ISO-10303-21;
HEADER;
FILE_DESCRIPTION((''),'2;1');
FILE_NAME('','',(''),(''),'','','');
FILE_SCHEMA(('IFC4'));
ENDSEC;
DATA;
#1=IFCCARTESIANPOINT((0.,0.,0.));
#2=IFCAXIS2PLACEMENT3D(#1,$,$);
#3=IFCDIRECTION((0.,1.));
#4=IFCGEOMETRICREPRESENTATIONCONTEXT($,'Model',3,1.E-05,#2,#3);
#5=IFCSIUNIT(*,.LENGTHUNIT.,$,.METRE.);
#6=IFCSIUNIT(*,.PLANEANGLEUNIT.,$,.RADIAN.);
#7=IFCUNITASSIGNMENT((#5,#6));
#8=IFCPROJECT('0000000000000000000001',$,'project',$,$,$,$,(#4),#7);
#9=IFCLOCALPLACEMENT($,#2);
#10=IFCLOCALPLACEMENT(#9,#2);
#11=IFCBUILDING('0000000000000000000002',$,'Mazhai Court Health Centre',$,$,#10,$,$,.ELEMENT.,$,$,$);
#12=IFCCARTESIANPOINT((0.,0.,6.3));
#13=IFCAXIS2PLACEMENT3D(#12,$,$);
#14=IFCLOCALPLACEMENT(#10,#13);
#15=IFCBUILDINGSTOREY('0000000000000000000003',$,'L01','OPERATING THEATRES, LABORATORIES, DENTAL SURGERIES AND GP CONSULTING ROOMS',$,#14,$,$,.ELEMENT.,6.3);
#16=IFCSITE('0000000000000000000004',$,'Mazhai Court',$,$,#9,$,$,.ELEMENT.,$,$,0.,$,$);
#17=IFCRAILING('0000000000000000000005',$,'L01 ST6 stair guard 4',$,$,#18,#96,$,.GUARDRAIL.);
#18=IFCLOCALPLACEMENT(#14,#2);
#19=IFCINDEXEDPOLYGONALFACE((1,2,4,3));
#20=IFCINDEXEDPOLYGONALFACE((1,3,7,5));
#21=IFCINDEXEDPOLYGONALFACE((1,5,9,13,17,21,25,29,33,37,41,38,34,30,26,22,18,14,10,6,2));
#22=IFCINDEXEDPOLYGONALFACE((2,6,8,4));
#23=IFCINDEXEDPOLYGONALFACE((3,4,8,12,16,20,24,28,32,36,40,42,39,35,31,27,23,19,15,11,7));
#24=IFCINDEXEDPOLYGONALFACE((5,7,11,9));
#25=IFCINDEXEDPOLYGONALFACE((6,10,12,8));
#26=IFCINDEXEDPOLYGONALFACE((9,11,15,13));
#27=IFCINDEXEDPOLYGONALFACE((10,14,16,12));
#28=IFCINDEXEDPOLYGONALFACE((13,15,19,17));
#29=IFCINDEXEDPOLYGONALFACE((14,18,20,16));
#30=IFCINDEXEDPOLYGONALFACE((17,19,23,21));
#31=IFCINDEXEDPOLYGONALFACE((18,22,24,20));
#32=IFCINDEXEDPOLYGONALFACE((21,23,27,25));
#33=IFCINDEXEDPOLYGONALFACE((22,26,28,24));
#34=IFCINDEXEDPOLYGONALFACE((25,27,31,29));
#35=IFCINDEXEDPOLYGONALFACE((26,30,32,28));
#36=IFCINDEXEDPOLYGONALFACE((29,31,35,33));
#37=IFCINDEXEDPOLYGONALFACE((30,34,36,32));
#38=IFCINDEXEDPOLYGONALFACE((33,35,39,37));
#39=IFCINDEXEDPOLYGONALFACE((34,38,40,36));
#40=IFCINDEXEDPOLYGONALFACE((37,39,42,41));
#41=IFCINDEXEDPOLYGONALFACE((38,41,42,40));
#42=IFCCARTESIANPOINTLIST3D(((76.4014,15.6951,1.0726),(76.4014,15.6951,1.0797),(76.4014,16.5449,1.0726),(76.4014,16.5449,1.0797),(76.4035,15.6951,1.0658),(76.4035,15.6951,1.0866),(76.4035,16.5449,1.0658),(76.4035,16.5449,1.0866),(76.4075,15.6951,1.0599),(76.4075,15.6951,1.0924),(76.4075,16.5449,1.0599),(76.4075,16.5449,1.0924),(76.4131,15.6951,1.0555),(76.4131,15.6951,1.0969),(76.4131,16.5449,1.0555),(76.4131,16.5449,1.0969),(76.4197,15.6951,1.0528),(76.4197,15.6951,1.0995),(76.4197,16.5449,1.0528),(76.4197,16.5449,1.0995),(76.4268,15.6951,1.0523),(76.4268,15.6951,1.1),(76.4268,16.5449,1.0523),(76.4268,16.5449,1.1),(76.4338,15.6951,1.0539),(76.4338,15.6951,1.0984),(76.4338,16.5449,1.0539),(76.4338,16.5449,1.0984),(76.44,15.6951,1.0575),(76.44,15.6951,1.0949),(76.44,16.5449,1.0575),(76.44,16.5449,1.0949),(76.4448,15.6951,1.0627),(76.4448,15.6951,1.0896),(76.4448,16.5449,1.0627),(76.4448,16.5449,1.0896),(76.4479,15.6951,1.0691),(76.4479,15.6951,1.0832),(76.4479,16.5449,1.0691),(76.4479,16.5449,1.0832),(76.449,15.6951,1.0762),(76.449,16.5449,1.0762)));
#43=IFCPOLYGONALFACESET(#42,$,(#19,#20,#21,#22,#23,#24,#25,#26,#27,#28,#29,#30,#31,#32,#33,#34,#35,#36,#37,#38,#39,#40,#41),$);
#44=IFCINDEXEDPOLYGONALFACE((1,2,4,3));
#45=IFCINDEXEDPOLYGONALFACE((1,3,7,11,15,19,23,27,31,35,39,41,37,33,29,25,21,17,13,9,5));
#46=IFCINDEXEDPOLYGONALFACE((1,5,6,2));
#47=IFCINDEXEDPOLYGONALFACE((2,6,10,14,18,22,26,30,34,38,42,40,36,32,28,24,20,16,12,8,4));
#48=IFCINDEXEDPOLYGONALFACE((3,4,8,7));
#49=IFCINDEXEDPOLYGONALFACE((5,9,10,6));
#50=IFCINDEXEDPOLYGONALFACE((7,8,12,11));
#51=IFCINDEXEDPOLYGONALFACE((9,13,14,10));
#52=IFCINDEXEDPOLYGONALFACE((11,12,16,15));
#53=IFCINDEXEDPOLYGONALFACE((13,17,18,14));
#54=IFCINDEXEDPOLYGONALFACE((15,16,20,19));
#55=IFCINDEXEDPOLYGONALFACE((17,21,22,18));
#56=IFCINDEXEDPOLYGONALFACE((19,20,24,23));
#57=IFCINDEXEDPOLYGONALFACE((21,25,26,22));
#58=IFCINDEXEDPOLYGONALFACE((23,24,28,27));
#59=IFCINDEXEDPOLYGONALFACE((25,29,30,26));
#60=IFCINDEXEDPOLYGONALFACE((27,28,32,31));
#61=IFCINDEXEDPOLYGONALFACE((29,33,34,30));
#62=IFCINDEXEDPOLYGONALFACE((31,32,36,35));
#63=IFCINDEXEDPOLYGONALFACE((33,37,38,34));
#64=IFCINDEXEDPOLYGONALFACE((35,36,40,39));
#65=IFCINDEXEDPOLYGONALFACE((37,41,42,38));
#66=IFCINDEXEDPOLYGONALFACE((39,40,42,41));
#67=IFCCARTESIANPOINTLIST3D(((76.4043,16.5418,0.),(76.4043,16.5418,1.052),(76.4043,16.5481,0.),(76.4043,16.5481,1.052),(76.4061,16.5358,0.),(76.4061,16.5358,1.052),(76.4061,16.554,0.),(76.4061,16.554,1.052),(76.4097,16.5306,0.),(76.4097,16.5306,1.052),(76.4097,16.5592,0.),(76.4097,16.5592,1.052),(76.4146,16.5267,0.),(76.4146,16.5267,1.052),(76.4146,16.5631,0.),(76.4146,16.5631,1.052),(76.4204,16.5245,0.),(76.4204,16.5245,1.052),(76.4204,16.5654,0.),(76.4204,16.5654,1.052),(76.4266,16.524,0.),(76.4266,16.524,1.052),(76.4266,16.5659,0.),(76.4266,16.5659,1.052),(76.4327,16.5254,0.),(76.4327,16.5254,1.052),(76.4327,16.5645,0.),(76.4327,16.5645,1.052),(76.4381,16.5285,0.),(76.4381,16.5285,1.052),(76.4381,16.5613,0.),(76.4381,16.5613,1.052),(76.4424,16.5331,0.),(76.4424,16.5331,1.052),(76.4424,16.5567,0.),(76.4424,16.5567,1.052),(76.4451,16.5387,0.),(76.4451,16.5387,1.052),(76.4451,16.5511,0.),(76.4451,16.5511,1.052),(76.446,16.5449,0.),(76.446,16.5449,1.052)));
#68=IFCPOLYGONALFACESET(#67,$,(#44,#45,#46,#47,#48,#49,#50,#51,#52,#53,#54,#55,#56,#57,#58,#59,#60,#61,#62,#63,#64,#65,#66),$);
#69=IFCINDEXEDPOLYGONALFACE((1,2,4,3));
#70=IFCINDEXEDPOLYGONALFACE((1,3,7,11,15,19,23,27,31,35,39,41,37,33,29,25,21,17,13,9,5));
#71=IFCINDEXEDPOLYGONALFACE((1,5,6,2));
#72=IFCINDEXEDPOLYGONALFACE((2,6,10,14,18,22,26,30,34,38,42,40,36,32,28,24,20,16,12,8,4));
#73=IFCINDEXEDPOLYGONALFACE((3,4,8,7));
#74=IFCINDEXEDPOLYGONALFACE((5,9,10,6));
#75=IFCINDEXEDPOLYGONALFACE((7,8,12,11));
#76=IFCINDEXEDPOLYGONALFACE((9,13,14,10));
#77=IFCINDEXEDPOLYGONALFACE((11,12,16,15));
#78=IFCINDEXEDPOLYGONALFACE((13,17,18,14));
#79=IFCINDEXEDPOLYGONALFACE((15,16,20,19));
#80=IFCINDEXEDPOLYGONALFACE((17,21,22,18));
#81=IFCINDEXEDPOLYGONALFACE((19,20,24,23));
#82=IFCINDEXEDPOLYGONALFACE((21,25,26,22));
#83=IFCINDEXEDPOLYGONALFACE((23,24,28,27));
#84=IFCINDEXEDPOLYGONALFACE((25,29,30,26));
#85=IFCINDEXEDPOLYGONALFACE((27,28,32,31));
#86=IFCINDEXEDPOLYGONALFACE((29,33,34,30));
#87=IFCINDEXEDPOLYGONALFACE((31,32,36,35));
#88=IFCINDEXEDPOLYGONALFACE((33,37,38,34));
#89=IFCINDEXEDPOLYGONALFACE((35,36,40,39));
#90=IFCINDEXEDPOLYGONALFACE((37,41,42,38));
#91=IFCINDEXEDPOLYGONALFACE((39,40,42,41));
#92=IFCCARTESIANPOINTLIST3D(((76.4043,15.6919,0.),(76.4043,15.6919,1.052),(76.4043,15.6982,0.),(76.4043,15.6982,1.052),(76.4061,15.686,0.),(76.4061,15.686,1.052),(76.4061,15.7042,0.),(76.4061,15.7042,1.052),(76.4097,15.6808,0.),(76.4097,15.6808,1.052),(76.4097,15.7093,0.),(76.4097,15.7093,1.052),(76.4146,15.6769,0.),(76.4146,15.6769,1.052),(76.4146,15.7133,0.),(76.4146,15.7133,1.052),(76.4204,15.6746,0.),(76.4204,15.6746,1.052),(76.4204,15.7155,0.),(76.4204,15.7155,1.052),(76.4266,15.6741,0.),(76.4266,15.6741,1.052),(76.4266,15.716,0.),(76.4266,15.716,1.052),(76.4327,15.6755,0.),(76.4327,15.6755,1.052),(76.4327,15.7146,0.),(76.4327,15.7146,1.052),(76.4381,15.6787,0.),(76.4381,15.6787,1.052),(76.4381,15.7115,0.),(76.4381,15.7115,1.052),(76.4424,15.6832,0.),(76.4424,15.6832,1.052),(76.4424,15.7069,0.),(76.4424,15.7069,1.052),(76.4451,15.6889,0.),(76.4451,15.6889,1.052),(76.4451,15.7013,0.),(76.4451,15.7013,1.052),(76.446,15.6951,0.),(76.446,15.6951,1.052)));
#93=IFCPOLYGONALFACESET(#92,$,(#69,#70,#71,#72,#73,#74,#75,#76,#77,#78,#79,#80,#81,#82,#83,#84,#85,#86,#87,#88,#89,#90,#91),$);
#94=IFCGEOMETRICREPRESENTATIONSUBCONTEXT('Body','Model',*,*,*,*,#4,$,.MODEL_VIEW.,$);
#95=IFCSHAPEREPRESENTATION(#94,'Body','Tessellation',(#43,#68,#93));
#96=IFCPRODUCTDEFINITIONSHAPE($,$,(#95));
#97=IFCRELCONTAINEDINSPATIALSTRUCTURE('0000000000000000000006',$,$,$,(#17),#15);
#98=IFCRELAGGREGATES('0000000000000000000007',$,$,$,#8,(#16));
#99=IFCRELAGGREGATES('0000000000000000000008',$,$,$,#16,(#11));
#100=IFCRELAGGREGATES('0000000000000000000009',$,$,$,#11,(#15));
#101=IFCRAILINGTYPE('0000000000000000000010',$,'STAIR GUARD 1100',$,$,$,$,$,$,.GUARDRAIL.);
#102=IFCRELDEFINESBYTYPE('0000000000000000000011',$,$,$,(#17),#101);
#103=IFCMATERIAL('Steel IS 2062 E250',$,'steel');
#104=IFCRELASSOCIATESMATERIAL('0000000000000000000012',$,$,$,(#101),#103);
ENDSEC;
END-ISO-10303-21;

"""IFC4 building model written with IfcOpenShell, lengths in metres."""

from ifc_helpers import new_model, si_unit, direction, frame, origin, origin_2d, place, context, subcontext, project, spatial, circle, extrude, material, type_object, element, save


model = new_model("IFC4")

# Units and contexts
model_context = context("Model", 3, precision=1e-05, world=origin(), true_north=direction((0.0, 1.0)))
body_context = subcontext(model_context, "Body", "Model", "MODEL_VIEW")
ifc_project = project(units=[si_unit("LENGTHUNIT", "METRE"), si_unit("PLANEANGLEUNIT", "RADIAN")], contexts=[model_context])

# Site, building, storey
site_placement = place(None, origin())
site = spatial("IfcSite", under=ifc_project, at=site_placement, Name="Mazhai Court", CompositionType="ELEMENT", RefElevation=0.0)
building_placement = place(site_placement, origin())
building = spatial("IfcBuilding", under=site, at=building_placement, Name="Mazhai Court Health Centre", CompositionType="ELEMENT")
storey_placement = place(building_placement, frame((0.0, 0.0, 6.3)))
storey = spatial("IfcBuildingStorey", under=building, at=storey_placement, Name="L01", Description="OPERATING THEATRES, LABORATORIES, DENTAL SURGERIES AND GP CONSULTING ROOMS", CompositionType="ELEMENT", Elevation=6.3)

# Railing
ifc_material_1 = material(Name="Steel IS 2062 E250", Category="steel")
railing_type_1 = type_object("IfcRailingType", Name="STAIR GUARD 1100", PredefinedType="GUARDRAIL", material=ifc_material_1)
railing_1_placement = place(storey_placement, frame((76.425, 16.5449, 0.0)))
element("IfcRailing", 1, at=railing_1_placement, inside=storey, type_object=railing_type_1, Name="L01 ST6 stair guard 4", PredefinedType="GUARDRAIL", context=body_context, shape_type="SweptSolid", body=[
    extrude(circle(Radius=0.0239, at=origin_2d()), frame((0.0, 0.0, 1.0762), z_axis=(0.0, -1.0, 0.0), x_axis=(1.0, 0.0, 0.0)), (0.0, 0.0, 1.0), 0.8499),
    extrude(circle(Radius=0.021, at=origin_2d()), origin(), (0.0, 0.0, 1.0), 1.052),
    extrude(circle(Radius=0.021, at=origin_2d()), frame((0.0, -0.8499, 0.0)), (0.0, 0.0, 1.0), 1.052),
])

save(model, "model.ifc")
